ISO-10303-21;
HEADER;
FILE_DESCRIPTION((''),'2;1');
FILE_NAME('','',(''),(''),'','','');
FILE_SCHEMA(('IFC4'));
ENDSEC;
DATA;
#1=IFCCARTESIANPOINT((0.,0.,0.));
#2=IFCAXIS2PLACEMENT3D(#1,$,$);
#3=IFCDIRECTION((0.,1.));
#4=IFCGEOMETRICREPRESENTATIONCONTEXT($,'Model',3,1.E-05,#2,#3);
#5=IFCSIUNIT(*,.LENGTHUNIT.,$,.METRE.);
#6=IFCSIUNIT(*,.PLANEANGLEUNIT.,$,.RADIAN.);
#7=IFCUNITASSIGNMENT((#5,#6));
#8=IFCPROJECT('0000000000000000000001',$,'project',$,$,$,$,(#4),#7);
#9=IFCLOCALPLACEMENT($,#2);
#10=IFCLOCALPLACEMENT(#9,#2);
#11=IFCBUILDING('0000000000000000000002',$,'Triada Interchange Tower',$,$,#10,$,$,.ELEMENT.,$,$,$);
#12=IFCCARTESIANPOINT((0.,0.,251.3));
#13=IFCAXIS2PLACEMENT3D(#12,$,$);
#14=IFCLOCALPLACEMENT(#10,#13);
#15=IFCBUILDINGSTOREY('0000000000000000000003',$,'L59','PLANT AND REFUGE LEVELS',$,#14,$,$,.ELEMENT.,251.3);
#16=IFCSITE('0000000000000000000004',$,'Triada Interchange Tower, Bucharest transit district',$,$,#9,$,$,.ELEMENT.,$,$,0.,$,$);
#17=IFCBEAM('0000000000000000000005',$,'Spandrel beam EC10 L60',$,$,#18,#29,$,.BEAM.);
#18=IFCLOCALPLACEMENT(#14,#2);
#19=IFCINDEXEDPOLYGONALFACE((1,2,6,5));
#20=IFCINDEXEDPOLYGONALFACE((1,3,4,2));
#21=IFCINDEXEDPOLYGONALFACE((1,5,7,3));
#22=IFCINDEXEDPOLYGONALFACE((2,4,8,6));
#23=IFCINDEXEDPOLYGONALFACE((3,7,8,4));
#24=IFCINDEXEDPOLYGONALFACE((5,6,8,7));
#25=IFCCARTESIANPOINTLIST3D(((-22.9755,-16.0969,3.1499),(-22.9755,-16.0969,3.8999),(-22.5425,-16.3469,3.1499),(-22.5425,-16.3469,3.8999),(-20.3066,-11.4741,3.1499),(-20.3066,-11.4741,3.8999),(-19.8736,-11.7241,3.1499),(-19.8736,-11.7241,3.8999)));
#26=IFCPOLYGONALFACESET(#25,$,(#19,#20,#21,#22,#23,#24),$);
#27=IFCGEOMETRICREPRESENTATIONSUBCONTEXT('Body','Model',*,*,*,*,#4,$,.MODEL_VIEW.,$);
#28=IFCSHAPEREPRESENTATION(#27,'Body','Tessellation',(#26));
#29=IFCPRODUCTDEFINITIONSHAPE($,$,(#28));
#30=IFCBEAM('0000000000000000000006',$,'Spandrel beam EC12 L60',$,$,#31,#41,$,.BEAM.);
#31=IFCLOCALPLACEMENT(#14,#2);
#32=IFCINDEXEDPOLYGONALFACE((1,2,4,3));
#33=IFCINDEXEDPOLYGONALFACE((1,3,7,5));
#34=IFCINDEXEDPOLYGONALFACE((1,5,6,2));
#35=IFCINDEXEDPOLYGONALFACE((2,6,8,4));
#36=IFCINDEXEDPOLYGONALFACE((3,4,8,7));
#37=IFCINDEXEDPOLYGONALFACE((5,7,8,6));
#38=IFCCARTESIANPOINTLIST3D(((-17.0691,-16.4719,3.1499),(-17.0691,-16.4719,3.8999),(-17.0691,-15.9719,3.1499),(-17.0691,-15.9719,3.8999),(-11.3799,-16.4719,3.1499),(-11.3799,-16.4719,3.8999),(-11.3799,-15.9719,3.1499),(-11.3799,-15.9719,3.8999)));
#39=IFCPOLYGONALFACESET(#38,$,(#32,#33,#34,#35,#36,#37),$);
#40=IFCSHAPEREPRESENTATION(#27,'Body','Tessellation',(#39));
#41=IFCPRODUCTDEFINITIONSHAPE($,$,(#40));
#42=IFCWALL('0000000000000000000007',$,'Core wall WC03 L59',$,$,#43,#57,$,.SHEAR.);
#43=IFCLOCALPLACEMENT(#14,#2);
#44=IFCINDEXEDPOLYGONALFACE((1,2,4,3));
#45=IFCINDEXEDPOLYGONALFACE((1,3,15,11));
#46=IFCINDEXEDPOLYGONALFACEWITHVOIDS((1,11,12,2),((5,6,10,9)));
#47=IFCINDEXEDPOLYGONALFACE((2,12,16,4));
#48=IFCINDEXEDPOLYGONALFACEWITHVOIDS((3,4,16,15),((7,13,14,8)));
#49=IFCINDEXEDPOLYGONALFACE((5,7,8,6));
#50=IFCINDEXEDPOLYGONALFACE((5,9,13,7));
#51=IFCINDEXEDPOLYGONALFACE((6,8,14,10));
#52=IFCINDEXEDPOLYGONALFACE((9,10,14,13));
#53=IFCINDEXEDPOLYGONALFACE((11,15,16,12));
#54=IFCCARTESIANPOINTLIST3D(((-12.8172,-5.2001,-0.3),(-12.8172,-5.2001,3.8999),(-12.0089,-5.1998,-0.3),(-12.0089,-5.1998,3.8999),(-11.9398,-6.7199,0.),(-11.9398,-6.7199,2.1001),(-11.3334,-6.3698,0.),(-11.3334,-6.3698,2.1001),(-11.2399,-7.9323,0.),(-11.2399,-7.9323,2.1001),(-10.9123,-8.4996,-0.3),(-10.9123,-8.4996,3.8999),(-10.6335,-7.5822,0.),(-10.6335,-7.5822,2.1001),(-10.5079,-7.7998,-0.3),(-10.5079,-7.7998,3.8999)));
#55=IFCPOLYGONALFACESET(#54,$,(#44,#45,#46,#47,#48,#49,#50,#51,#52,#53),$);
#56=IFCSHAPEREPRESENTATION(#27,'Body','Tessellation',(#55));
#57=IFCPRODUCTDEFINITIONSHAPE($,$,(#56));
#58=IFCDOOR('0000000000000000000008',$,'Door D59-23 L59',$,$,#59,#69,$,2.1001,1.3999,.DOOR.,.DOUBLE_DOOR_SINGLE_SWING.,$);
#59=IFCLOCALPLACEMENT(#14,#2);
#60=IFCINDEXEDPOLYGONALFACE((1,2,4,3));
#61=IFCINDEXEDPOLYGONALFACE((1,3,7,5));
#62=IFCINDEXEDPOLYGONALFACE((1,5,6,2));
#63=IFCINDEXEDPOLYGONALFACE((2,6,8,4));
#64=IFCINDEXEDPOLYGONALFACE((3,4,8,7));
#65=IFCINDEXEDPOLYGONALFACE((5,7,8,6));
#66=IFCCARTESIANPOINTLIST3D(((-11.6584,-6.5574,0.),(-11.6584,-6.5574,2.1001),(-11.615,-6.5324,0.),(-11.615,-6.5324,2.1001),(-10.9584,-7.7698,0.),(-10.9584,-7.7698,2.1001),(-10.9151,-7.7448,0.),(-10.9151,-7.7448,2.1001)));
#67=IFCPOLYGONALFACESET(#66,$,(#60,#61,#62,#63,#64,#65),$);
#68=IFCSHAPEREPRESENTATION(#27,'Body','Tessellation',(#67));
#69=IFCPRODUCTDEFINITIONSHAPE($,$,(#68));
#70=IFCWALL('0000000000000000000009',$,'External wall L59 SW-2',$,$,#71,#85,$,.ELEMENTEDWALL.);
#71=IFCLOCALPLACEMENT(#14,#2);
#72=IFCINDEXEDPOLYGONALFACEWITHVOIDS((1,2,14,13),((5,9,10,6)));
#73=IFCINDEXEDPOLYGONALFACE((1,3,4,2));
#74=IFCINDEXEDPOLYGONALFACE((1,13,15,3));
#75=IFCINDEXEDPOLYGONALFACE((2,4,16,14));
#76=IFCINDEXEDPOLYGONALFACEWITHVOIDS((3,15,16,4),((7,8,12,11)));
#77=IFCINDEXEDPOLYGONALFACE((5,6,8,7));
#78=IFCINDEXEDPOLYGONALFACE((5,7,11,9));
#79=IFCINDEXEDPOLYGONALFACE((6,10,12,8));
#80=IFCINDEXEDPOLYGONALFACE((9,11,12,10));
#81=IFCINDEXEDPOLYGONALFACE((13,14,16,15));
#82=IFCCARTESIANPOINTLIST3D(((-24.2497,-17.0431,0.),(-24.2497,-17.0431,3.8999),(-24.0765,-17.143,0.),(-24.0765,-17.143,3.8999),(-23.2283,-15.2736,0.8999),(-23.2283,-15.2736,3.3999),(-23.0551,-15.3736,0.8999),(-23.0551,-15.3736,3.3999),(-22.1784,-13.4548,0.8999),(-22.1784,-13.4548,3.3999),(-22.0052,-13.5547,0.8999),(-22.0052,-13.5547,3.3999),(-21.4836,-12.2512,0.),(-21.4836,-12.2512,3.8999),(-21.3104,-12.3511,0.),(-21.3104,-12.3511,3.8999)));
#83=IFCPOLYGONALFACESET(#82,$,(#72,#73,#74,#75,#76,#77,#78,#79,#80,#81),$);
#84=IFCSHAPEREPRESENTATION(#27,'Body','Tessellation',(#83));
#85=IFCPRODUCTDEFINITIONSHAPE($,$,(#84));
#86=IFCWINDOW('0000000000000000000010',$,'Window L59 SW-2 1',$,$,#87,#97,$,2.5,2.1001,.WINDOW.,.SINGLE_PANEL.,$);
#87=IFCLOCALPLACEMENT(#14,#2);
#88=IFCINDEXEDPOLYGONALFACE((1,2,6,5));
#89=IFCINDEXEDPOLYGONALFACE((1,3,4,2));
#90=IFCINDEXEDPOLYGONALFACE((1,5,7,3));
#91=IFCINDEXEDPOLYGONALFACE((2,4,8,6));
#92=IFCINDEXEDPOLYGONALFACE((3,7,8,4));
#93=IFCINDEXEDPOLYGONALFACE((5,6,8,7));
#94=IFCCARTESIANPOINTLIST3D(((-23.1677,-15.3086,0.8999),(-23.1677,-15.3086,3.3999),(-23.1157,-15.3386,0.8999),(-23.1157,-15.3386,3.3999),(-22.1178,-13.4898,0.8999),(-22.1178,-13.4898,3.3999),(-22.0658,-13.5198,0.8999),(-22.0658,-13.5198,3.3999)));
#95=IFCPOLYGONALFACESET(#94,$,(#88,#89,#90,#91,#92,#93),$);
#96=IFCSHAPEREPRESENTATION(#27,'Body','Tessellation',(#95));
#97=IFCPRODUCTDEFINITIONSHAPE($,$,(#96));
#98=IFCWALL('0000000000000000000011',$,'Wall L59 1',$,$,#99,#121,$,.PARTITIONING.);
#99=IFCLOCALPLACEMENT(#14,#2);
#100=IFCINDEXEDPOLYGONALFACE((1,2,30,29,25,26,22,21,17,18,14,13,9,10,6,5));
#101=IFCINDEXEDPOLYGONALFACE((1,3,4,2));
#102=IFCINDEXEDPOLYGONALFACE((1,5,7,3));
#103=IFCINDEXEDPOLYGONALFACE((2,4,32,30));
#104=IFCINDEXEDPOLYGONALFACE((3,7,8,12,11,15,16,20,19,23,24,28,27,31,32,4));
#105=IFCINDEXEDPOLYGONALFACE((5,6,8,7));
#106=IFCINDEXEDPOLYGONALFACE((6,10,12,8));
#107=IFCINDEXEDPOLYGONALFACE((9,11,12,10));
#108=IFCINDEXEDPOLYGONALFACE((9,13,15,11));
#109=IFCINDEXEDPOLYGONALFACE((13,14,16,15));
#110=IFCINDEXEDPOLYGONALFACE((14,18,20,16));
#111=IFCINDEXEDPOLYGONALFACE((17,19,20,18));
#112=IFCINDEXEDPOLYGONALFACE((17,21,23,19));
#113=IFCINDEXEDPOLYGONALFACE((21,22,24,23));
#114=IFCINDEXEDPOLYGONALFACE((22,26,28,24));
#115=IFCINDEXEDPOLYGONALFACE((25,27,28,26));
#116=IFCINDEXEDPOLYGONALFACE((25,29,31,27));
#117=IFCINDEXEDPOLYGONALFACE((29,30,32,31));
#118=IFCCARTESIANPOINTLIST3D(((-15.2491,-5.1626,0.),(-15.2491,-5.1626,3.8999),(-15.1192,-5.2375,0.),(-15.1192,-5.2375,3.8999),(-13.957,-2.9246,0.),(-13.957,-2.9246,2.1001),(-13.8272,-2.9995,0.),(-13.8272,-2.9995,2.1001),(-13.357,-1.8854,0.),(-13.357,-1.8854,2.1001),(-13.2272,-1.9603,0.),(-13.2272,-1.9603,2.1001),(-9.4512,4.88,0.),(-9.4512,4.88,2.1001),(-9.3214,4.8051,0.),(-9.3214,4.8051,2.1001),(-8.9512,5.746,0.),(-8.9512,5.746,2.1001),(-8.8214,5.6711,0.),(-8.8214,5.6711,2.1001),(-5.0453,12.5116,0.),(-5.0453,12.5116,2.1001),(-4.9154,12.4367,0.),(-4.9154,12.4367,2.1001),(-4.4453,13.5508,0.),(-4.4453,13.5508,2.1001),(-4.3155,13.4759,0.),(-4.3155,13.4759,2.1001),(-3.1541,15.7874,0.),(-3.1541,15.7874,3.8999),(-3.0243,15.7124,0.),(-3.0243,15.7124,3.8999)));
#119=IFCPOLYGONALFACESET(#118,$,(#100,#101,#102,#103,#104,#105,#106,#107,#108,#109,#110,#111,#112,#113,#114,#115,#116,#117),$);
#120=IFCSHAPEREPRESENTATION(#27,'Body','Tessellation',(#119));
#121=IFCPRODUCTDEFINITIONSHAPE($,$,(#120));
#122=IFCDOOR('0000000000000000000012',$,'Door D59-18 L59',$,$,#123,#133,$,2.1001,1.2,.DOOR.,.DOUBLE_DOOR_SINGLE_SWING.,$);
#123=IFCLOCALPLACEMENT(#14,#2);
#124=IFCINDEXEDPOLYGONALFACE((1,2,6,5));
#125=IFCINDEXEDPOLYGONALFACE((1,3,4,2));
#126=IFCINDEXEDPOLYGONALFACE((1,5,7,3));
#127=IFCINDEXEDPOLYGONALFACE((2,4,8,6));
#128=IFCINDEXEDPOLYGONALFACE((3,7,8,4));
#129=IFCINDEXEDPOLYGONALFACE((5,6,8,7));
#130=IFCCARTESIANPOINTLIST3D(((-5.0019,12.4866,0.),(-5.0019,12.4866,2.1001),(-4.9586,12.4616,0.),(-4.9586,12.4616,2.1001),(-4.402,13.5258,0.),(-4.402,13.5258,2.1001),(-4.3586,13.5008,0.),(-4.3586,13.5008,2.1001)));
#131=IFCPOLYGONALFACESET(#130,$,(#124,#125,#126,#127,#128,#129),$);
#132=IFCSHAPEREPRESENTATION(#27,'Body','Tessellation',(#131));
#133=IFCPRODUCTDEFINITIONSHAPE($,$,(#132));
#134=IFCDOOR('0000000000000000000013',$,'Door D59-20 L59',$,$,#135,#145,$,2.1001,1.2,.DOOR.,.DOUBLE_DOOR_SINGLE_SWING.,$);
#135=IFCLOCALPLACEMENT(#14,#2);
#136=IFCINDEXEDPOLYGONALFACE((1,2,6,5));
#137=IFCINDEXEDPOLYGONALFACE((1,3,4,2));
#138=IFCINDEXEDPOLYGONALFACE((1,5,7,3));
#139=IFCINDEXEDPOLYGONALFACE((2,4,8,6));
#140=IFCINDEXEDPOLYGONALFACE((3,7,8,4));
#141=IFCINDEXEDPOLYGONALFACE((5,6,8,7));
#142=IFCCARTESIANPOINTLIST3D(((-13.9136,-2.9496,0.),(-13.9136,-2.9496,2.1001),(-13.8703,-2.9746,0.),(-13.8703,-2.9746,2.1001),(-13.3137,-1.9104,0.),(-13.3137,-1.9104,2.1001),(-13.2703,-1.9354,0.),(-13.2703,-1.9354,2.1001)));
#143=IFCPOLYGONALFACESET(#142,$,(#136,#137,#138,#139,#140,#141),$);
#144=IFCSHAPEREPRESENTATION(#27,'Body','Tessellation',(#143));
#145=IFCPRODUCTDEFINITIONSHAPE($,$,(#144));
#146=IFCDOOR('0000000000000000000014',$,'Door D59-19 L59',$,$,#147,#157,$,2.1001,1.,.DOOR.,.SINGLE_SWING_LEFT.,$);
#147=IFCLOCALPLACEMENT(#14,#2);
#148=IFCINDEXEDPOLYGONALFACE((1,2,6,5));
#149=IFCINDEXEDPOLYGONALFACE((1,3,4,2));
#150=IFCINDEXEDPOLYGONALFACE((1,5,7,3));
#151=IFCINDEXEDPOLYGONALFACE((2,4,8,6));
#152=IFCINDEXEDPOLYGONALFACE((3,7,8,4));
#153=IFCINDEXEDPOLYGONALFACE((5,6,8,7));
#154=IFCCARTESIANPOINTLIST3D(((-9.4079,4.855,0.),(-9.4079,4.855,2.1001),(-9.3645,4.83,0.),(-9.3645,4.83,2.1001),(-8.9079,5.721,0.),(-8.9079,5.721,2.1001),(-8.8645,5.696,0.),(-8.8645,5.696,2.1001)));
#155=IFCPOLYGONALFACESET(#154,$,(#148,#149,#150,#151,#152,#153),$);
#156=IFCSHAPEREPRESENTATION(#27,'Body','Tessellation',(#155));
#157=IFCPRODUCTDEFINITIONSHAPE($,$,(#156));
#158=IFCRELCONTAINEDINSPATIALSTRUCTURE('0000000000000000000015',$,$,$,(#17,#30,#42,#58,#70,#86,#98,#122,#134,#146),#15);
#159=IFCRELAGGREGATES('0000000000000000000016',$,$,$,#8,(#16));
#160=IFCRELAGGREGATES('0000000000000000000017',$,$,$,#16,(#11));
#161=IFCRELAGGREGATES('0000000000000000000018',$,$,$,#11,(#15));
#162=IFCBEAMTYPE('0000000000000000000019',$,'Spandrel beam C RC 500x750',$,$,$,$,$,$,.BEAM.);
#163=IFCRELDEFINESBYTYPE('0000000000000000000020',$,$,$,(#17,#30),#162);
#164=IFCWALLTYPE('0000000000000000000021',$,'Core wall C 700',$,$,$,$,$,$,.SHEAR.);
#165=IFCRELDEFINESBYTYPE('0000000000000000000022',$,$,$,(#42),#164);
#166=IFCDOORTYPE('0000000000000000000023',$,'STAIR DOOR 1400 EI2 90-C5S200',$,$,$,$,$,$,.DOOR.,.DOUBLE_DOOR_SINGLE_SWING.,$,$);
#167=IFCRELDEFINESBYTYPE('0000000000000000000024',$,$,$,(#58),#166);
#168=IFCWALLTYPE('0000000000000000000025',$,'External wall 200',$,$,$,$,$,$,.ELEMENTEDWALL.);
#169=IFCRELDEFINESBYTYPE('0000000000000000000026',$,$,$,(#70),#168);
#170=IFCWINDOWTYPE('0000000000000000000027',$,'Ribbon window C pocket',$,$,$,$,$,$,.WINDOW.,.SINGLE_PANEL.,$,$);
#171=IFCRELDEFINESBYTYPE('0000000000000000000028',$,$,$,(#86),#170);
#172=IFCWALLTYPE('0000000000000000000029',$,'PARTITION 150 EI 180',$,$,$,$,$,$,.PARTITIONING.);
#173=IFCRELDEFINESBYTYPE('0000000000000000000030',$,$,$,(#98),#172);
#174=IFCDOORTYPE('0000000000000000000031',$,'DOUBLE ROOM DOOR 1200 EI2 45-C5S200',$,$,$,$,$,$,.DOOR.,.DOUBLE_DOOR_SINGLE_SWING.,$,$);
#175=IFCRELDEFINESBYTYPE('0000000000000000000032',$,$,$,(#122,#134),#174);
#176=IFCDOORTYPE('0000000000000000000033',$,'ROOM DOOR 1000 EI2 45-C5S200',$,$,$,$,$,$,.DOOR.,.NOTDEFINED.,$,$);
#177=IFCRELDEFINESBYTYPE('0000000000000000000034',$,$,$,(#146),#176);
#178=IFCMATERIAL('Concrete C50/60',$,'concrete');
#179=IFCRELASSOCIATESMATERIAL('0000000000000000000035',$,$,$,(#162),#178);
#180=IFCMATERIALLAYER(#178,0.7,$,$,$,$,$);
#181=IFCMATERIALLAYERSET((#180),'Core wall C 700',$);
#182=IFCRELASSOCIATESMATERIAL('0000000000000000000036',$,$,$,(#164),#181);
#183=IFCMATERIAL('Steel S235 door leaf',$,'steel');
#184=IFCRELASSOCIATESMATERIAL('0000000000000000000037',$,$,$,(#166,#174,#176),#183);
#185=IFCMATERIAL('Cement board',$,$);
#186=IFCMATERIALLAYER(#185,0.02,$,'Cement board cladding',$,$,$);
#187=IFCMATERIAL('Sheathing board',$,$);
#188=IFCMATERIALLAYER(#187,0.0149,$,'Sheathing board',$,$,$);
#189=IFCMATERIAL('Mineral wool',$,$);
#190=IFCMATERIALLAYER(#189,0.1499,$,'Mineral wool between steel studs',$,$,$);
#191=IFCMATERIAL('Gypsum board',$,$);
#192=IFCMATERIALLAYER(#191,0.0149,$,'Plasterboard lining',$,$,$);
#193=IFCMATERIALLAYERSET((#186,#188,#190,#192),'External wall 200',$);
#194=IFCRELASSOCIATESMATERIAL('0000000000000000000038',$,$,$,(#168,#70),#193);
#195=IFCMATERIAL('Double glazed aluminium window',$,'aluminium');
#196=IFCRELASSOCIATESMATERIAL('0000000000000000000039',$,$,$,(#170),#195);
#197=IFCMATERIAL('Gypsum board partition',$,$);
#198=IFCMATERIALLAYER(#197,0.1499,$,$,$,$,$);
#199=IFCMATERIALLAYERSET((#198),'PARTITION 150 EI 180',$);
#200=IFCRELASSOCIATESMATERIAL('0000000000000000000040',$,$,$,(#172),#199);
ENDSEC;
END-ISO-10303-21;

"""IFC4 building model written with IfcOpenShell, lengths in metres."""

from ifc_helpers import new_model, si_unit, direction, frame, frame_2d, origin, origin_2d, place, context, subcontext, project, spatial, polyline, rectangle, outline, extrude, material, layer, layer_set, layer_usage, material_profile, profile_set, type_object, element, fill, save


model = new_model("IFC4")

# Units and contexts
model_context = context("Model", 3, precision=1e-05, world=origin(), true_north=direction((0.0, 1.0)))
body_context = subcontext(model_context, "Body", "Model", "MODEL_VIEW")
ifc_project = project(units=[si_unit("LENGTHUNIT", "METRE"), si_unit("PLANEANGLEUNIT", "RADIAN")], contexts=[model_context])

# Site, building, storey
site_placement = place(None, origin())
site = spatial("IfcSite", under=ifc_project, at=site_placement, Name="Triada Interchange Tower, Bucharest transit district", CompositionType="ELEMENT", RefElevation=0.0)
building_placement = place(site_placement, origin())
building = spatial("IfcBuilding", under=site, at=building_placement, Name="Triada Interchange Tower", CompositionType="ELEMENT")
storey_placement = place(building_placement, frame((0.0, 0.0, 251.3)))
storey = spatial("IfcBuildingStorey", under=building, at=storey_placement, Name="L59", Description="PLANT AND REFUGE LEVELS", CompositionType="ELEMENT", Elevation=251.3)

# Shared definitions
ifc_material_1 = material(Name="Concrete C50/60", Category="concrete")

# Beams
ifc_material_profile_1 = material_profile(ifc_material_1, rectangle(XDim=0.5, YDim=0.75, at=origin_2d()), Name="RC 500x750")
ifc_profile_set_1 = profile_set([ifc_material_profile_1], Name="Concrete C50/60")
beam_type_1 = type_object("IfcBeamType", Name="Spandrel beam C RC 500x750", PredefinedType="BEAM", material=ifc_profile_set_1)
beam_1_placement = place(storey_placement, frame((-20.0901, -11.5991, 3.5249), z_axis=(-0.499996, -0.866028, 0.0), x_axis=(0.866028, -0.499996, 0.0)))
element("IfcBeam", 1, at=beam_1_placement, inside=storey, type_object=beam_type_1, Name="Spandrel beam EC10 L60", PredefinedType="BEAM", context=body_context, shape_type="SweptSolid", body=[
    extrude(rectangle(XDim=0.5, YDim=0.75, at=origin_2d()), origin(), (0.0, 0.0, 1.0), 5.3379),
])
beam_2_placement = place(storey_placement, frame((-17.0691, -16.2219, 3.5249), z_axis=(1.0, 0.0, 0.0), x_axis=(0.0, 1.0, 0.0)))
element("IfcBeam", 2, at=beam_2_placement, inside=storey, type_object=beam_type_1, Name="Spandrel beam EC12 L60", PredefinedType="BEAM", context=body_context, shape_type="SweptSolid", body=[
    extrude(rectangle(XDim=0.5, YDim=0.75, at=origin_2d()), origin(), (0.0, 0.0, 1.0), 5.6892),
])

# Wall, opening, door
ifc_layer_1 = layer(ifc_material_1, 0.7)
ifc_layer_set_1 = layer_set([ifc_layer_1], Name="Core wall C 700")
wall_type_1 = type_object("IfcWallType", Name="Core wall C 700", PredefinedType="SHEAR", material=ifc_layer_set_1)
wall_1_placement = place(storey_placement, frame((-12.4131, -5.2, -0.3), z_axis=(0.0, 0.0, 1.0), x_axis=(0.499993, -0.866029, 0.0)))
wall_1 = element("IfcWall", 3, at=wall_1_placement, inside=storey, type_object=wall_type_1, Name="Core wall WC03 L59", PredefinedType="SHEAR", context=body_context, shape_type="SweptSolid", body=[
    extrude(outline(polyline([(-0.2019, -0.3501), (1.7031, -0.3501), (3.6079, -0.3501), (3.2041, 0.3501), (1.7031, 0.3501), (0.2019, 0.3501), (-0.2019, -0.3501)])), origin(), (0.0, 0.0, 1.0), 4.2),
])
opening_1_placement = place(wall_1_placement, frame((1.553, 0.0, 0.3)))
opening_1 = element("IfcOpeningElement", 4, at=opening_1_placement, cuts=wall_1, PredefinedType="OPENING", context=body_context, shape_type="SweptSolid", body=[
    extrude(rectangle(XDim=1.3999, YDim=2.1001, at=frame_2d((0.7, 1.05))), frame((0.0, 0.3601, 0.0), z_axis=(0.0, -1.0, 0.0), x_axis=(1.0, 0.0, 0.0)), (0.0, 0.0, 1.0), 0.7202),
])
ifc_material_2 = material(Name="Steel S235 door leaf", Category="steel")
door_type_1 = type_object("IfcDoorType", Name="STAIR DOOR 1400 EI2 90-C5S200", OperationType="DOUBLE_DOOR_SINGLE_SWING", PredefinedType="DOOR", material=ifc_material_2)
door_1_placement = place(opening_1_placement, origin())
door_1 = element("IfcDoor", 5, at=door_1_placement, inside=storey, type_object=door_type_1, Name="Door D59-23 L59", OperationType="DOUBLE_DOOR_SINGLE_SWING", OverallHeight=2.1001, OverallWidth=1.3999, PredefinedType="DOOR", context=body_context, shape_type="SweptSolid", body=[
    extrude(rectangle(XDim=1.3999, YDim=2.1001, at=frame_2d((0.7, 1.05))), frame((0.0, 0.0249, 0.0), z_axis=(0.0, -1.0, 0.0), x_axis=(1.0, 0.0, 0.0)), (0.0, 0.0, 1.0), 0.05),
])
fill(opening_1, door_1)

# Wall, opening, window
ifc_material_3 = material(Name="Cement board")
ifc_layer_2 = layer(ifc_material_3, 0.02, Name="Cement board cladding")
ifc_material_4 = material(Name="Sheathing board")
ifc_layer_3 = layer(ifc_material_4, 0.0149, Name="Sheathing board")
ifc_material_5 = material(Name="Mineral wool")
ifc_layer_4 = layer(ifc_material_5, 0.1499, Name="Mineral wool between steel studs")
ifc_material_6 = material(Name="Gypsum board")
ifc_layer_5 = layer(ifc_material_6, 0.0149, Name="Plasterboard lining")
ifc_layer_set_2 = layer_set([ifc_layer_2, ifc_layer_3, ifc_layer_4, ifc_layer_5], Name="External wall 200")
ifc_layer_usage = layer_usage(ifc_layer_set_2, "AXIS2", "POSITIVE", -0.1001)
wall_type_2 = type_object("IfcWallType", Name="External wall 200", PredefinedType="ELEMENTEDWALL", material=ifc_layer_set_2)
wall_2_placement = place(storey_placement, frame((-21.397, -12.301, 0.0), z_axis=(0.0, 0.0, 1.0), x_axis=(-0.499926, -0.866068, 0.0)))
wall_2 = element("IfcWall", 6, at=wall_2_placement, inside=storey, type_object=wall_type_2, material=ifc_layer_usage, Name="External wall L59 SW-2", PredefinedType="ELEMENTEDWALL", context=body_context, shape_type="SweptSolid", body=[
    extrude(rectangle(XDim=5.533, YDim=0.2, at=frame_2d((2.7666, 0.0))), origin(), (0.0, 0.0, 1.0), 3.8999),
])
opening_2_placement = place(wall_2_placement, frame((1.3899, 0.0, 0.8999)))
opening_2 = element("IfcOpeningElement", 7, at=opening_2_placement, cuts=wall_2, PredefinedType="OPENING", context=body_context, shape_type="SweptSolid", body=[
    extrude(rectangle(XDim=2.1001, YDim=2.5, at=frame_2d((1.05, 1.25))), frame((0.0, 0.1099, 0.0), z_axis=(0.0, -1.0, 0.0), x_axis=(1.0, 0.0, 0.0)), (0.0, 0.0, 1.0), 0.22),
])
ifc_material_7 = material(Name="Double glazed aluminium window", Category="aluminium")
window_type = type_object("IfcWindowType", Name="Ribbon window C pocket", PartitioningType="SINGLE_PANEL", PredefinedType="WINDOW", material=ifc_material_7)
window_placement = place(opening_2_placement, origin())
window = element("IfcWindow", 8, at=window_placement, inside=storey, type_object=window_type, Name="Window L59 SW-2 1", OverallHeight=2.5, OverallWidth=2.1001, PartitioningType="SINGLE_PANEL", PredefinedType="WINDOW", context=body_context, shape_type="SweptSolid", body=[
    extrude(rectangle(XDim=2.1001, YDim=2.5, at=frame_2d((1.05, 1.25))), frame((0.0, 0.03, 0.0), z_axis=(0.0, -1.0, 0.0), x_axis=(1.0, 0.0, 0.0)), (0.0, 0.0, 1.0), 0.0601),
])
fill(opening_2, window)

# Wall, openings, doors
ifc_material_8 = material(Name="Gypsum board partition")
ifc_layer_6 = layer(ifc_material_8, 0.1499)
ifc_layer_set_3 = layer_set([ifc_layer_6], Name="PARTITION 150 EI 180")
wall_type_3 = type_object("IfcWallType", Name="PARTITION 150 EI 180", PredefinedType="PARTITIONING", material=ifc_layer_set_3)
wall_3_placement = place(storey_placement, frame((-15.1841, -5.2, 0.0), z_axis=(0.0, 0.0, 1.0), x_axis=(0.499985, 0.866034, 0.0)))
wall_3 = element("IfcWall", 9, at=wall_3_placement, inside=storey, type_object=wall_type_3, Name="Wall L59 1", PredefinedType="PARTITIONING", context=body_context, shape_type="SweptSolid", body=[
    extrude(rectangle(XDim=24.1907, YDim=0.1499, at=frame_2d((12.0952, 0.0))), origin(), (0.0, 0.0, 1.0), 3.8999),
])
opening_3_placement = place(wall_3_placement, frame((20.408, 0.0, 0.0)))
opening_3 = element("IfcOpeningElement", 10, at=opening_3_placement, cuts=wall_3, PredefinedType="OPENING", context=body_context, shape_type="SweptSolid", body=[
    extrude(rectangle(XDim=1.2, YDim=2.1001, at=frame_2d((0.6001, 1.05))), frame((0.0, 0.085, 0.0), z_axis=(0.0, -1.0, 0.0), x_axis=(1.0, 0.0, 0.0)), (0.0, 0.0, 1.0), 0.1699),
])
opening_4_placement = place(wall_3_placement, frame((11.5959, 0.0, 0.0)))
opening_4 = element("IfcOpeningElement", 11, at=opening_4_placement, cuts=wall_3, PredefinedType="OPENING", context=body_context, shape_type="SweptSolid", body=[
    extrude(rectangle(XDim=1.0, YDim=2.1001, at=frame_2d((0.5, 1.05))), frame((0.0, 0.085, 0.0), z_axis=(0.0, -1.0, 0.0), x_axis=(1.0, 0.0, 0.0)), (0.0, 0.0, 1.0), 0.1699),
])
opening_5_placement = place(wall_3_placement, frame((2.584, 0.0, 0.0)))
opening_5 = element("IfcOpeningElement", 12, at=opening_5_placement, cuts=wall_3, PredefinedType="OPENING", context=body_context, shape_type="SweptSolid", body=[
    extrude(rectangle(XDim=1.2, YDim=2.1001, at=frame_2d((0.6001, 1.05))), frame((0.0, 0.085, 0.0), z_axis=(0.0, -1.0, 0.0), x_axis=(1.0, 0.0, 0.0)), (0.0, 0.0, 1.0), 0.1699),
])
door_type_2 = type_object("IfcDoorType", Name="DOUBLE ROOM DOOR 1200 EI2 45-C5S200", OperationType="DOUBLE_DOOR_SINGLE_SWING", PredefinedType="DOOR", material=ifc_material_2)
door_2_placement = place(opening_3_placement, origin())
door_2 = element("IfcDoor", 13, at=door_2_placement, inside=storey, type_object=door_type_2, Name="Door D59-18 L59", OperationType="DOUBLE_DOOR_SINGLE_SWING", OverallHeight=2.1001, OverallWidth=1.2, PredefinedType="DOOR", context=body_context, shape_type="SweptSolid", body=[
    extrude(rectangle(XDim=1.2, YDim=2.1001, at=frame_2d((0.6001, 1.05))), frame((0.0, 0.0249, 0.0), z_axis=(0.0, -1.0, 0.0), x_axis=(1.0, 0.0, 0.0)), (0.0, 0.0, 1.0), 0.05),
])
fill(opening_3, door_2)
door_3_placement = place(opening_5_placement, origin())
door_3 = element("IfcDoor", 14, at=door_3_placement, inside=storey, type_object=door_type_2, Name="Door D59-20 L59", OperationType="DOUBLE_DOOR_SINGLE_SWING", OverallHeight=2.1001, OverallWidth=1.2, PredefinedType="DOOR", context=body_context, shape_type="SweptSolid", body=[
    extrude(rectangle(XDim=1.2, YDim=2.1001, at=frame_2d((0.6001, 1.05))), frame((0.0, 0.0249, 0.0), z_axis=(0.0, -1.0, 0.0), x_axis=(1.0, 0.0, 0.0)), (0.0, 0.0, 1.0), 0.05),
])
fill(opening_5, door_3)
door_type_3 = type_object("IfcDoorType", Name="ROOM DOOR 1000 EI2 45-C5S200", OperationType="NOTDEFINED", PredefinedType="DOOR", material=ifc_material_2)
door_4_placement = place(opening_4_placement, origin())
door_4 = element("IfcDoor", 15, at=door_4_placement, inside=storey, type_object=door_type_3, Name="Door D59-19 L59", OperationType="SINGLE_SWING_LEFT", OverallHeight=2.1001, OverallWidth=1.0, PredefinedType="DOOR", context=body_context, shape_type="SweptSolid", body=[
    extrude(rectangle(XDim=1.0, YDim=2.1001, at=frame_2d((0.5, 1.05))), frame((0.0, 0.0249, 0.0), z_axis=(0.0, -1.0, 0.0), x_axis=(1.0, 0.0, 0.0)), (0.0, 0.0, 1.0), 0.05),
])
fill(opening_4, door_4)

save(model, "model.ifc")
